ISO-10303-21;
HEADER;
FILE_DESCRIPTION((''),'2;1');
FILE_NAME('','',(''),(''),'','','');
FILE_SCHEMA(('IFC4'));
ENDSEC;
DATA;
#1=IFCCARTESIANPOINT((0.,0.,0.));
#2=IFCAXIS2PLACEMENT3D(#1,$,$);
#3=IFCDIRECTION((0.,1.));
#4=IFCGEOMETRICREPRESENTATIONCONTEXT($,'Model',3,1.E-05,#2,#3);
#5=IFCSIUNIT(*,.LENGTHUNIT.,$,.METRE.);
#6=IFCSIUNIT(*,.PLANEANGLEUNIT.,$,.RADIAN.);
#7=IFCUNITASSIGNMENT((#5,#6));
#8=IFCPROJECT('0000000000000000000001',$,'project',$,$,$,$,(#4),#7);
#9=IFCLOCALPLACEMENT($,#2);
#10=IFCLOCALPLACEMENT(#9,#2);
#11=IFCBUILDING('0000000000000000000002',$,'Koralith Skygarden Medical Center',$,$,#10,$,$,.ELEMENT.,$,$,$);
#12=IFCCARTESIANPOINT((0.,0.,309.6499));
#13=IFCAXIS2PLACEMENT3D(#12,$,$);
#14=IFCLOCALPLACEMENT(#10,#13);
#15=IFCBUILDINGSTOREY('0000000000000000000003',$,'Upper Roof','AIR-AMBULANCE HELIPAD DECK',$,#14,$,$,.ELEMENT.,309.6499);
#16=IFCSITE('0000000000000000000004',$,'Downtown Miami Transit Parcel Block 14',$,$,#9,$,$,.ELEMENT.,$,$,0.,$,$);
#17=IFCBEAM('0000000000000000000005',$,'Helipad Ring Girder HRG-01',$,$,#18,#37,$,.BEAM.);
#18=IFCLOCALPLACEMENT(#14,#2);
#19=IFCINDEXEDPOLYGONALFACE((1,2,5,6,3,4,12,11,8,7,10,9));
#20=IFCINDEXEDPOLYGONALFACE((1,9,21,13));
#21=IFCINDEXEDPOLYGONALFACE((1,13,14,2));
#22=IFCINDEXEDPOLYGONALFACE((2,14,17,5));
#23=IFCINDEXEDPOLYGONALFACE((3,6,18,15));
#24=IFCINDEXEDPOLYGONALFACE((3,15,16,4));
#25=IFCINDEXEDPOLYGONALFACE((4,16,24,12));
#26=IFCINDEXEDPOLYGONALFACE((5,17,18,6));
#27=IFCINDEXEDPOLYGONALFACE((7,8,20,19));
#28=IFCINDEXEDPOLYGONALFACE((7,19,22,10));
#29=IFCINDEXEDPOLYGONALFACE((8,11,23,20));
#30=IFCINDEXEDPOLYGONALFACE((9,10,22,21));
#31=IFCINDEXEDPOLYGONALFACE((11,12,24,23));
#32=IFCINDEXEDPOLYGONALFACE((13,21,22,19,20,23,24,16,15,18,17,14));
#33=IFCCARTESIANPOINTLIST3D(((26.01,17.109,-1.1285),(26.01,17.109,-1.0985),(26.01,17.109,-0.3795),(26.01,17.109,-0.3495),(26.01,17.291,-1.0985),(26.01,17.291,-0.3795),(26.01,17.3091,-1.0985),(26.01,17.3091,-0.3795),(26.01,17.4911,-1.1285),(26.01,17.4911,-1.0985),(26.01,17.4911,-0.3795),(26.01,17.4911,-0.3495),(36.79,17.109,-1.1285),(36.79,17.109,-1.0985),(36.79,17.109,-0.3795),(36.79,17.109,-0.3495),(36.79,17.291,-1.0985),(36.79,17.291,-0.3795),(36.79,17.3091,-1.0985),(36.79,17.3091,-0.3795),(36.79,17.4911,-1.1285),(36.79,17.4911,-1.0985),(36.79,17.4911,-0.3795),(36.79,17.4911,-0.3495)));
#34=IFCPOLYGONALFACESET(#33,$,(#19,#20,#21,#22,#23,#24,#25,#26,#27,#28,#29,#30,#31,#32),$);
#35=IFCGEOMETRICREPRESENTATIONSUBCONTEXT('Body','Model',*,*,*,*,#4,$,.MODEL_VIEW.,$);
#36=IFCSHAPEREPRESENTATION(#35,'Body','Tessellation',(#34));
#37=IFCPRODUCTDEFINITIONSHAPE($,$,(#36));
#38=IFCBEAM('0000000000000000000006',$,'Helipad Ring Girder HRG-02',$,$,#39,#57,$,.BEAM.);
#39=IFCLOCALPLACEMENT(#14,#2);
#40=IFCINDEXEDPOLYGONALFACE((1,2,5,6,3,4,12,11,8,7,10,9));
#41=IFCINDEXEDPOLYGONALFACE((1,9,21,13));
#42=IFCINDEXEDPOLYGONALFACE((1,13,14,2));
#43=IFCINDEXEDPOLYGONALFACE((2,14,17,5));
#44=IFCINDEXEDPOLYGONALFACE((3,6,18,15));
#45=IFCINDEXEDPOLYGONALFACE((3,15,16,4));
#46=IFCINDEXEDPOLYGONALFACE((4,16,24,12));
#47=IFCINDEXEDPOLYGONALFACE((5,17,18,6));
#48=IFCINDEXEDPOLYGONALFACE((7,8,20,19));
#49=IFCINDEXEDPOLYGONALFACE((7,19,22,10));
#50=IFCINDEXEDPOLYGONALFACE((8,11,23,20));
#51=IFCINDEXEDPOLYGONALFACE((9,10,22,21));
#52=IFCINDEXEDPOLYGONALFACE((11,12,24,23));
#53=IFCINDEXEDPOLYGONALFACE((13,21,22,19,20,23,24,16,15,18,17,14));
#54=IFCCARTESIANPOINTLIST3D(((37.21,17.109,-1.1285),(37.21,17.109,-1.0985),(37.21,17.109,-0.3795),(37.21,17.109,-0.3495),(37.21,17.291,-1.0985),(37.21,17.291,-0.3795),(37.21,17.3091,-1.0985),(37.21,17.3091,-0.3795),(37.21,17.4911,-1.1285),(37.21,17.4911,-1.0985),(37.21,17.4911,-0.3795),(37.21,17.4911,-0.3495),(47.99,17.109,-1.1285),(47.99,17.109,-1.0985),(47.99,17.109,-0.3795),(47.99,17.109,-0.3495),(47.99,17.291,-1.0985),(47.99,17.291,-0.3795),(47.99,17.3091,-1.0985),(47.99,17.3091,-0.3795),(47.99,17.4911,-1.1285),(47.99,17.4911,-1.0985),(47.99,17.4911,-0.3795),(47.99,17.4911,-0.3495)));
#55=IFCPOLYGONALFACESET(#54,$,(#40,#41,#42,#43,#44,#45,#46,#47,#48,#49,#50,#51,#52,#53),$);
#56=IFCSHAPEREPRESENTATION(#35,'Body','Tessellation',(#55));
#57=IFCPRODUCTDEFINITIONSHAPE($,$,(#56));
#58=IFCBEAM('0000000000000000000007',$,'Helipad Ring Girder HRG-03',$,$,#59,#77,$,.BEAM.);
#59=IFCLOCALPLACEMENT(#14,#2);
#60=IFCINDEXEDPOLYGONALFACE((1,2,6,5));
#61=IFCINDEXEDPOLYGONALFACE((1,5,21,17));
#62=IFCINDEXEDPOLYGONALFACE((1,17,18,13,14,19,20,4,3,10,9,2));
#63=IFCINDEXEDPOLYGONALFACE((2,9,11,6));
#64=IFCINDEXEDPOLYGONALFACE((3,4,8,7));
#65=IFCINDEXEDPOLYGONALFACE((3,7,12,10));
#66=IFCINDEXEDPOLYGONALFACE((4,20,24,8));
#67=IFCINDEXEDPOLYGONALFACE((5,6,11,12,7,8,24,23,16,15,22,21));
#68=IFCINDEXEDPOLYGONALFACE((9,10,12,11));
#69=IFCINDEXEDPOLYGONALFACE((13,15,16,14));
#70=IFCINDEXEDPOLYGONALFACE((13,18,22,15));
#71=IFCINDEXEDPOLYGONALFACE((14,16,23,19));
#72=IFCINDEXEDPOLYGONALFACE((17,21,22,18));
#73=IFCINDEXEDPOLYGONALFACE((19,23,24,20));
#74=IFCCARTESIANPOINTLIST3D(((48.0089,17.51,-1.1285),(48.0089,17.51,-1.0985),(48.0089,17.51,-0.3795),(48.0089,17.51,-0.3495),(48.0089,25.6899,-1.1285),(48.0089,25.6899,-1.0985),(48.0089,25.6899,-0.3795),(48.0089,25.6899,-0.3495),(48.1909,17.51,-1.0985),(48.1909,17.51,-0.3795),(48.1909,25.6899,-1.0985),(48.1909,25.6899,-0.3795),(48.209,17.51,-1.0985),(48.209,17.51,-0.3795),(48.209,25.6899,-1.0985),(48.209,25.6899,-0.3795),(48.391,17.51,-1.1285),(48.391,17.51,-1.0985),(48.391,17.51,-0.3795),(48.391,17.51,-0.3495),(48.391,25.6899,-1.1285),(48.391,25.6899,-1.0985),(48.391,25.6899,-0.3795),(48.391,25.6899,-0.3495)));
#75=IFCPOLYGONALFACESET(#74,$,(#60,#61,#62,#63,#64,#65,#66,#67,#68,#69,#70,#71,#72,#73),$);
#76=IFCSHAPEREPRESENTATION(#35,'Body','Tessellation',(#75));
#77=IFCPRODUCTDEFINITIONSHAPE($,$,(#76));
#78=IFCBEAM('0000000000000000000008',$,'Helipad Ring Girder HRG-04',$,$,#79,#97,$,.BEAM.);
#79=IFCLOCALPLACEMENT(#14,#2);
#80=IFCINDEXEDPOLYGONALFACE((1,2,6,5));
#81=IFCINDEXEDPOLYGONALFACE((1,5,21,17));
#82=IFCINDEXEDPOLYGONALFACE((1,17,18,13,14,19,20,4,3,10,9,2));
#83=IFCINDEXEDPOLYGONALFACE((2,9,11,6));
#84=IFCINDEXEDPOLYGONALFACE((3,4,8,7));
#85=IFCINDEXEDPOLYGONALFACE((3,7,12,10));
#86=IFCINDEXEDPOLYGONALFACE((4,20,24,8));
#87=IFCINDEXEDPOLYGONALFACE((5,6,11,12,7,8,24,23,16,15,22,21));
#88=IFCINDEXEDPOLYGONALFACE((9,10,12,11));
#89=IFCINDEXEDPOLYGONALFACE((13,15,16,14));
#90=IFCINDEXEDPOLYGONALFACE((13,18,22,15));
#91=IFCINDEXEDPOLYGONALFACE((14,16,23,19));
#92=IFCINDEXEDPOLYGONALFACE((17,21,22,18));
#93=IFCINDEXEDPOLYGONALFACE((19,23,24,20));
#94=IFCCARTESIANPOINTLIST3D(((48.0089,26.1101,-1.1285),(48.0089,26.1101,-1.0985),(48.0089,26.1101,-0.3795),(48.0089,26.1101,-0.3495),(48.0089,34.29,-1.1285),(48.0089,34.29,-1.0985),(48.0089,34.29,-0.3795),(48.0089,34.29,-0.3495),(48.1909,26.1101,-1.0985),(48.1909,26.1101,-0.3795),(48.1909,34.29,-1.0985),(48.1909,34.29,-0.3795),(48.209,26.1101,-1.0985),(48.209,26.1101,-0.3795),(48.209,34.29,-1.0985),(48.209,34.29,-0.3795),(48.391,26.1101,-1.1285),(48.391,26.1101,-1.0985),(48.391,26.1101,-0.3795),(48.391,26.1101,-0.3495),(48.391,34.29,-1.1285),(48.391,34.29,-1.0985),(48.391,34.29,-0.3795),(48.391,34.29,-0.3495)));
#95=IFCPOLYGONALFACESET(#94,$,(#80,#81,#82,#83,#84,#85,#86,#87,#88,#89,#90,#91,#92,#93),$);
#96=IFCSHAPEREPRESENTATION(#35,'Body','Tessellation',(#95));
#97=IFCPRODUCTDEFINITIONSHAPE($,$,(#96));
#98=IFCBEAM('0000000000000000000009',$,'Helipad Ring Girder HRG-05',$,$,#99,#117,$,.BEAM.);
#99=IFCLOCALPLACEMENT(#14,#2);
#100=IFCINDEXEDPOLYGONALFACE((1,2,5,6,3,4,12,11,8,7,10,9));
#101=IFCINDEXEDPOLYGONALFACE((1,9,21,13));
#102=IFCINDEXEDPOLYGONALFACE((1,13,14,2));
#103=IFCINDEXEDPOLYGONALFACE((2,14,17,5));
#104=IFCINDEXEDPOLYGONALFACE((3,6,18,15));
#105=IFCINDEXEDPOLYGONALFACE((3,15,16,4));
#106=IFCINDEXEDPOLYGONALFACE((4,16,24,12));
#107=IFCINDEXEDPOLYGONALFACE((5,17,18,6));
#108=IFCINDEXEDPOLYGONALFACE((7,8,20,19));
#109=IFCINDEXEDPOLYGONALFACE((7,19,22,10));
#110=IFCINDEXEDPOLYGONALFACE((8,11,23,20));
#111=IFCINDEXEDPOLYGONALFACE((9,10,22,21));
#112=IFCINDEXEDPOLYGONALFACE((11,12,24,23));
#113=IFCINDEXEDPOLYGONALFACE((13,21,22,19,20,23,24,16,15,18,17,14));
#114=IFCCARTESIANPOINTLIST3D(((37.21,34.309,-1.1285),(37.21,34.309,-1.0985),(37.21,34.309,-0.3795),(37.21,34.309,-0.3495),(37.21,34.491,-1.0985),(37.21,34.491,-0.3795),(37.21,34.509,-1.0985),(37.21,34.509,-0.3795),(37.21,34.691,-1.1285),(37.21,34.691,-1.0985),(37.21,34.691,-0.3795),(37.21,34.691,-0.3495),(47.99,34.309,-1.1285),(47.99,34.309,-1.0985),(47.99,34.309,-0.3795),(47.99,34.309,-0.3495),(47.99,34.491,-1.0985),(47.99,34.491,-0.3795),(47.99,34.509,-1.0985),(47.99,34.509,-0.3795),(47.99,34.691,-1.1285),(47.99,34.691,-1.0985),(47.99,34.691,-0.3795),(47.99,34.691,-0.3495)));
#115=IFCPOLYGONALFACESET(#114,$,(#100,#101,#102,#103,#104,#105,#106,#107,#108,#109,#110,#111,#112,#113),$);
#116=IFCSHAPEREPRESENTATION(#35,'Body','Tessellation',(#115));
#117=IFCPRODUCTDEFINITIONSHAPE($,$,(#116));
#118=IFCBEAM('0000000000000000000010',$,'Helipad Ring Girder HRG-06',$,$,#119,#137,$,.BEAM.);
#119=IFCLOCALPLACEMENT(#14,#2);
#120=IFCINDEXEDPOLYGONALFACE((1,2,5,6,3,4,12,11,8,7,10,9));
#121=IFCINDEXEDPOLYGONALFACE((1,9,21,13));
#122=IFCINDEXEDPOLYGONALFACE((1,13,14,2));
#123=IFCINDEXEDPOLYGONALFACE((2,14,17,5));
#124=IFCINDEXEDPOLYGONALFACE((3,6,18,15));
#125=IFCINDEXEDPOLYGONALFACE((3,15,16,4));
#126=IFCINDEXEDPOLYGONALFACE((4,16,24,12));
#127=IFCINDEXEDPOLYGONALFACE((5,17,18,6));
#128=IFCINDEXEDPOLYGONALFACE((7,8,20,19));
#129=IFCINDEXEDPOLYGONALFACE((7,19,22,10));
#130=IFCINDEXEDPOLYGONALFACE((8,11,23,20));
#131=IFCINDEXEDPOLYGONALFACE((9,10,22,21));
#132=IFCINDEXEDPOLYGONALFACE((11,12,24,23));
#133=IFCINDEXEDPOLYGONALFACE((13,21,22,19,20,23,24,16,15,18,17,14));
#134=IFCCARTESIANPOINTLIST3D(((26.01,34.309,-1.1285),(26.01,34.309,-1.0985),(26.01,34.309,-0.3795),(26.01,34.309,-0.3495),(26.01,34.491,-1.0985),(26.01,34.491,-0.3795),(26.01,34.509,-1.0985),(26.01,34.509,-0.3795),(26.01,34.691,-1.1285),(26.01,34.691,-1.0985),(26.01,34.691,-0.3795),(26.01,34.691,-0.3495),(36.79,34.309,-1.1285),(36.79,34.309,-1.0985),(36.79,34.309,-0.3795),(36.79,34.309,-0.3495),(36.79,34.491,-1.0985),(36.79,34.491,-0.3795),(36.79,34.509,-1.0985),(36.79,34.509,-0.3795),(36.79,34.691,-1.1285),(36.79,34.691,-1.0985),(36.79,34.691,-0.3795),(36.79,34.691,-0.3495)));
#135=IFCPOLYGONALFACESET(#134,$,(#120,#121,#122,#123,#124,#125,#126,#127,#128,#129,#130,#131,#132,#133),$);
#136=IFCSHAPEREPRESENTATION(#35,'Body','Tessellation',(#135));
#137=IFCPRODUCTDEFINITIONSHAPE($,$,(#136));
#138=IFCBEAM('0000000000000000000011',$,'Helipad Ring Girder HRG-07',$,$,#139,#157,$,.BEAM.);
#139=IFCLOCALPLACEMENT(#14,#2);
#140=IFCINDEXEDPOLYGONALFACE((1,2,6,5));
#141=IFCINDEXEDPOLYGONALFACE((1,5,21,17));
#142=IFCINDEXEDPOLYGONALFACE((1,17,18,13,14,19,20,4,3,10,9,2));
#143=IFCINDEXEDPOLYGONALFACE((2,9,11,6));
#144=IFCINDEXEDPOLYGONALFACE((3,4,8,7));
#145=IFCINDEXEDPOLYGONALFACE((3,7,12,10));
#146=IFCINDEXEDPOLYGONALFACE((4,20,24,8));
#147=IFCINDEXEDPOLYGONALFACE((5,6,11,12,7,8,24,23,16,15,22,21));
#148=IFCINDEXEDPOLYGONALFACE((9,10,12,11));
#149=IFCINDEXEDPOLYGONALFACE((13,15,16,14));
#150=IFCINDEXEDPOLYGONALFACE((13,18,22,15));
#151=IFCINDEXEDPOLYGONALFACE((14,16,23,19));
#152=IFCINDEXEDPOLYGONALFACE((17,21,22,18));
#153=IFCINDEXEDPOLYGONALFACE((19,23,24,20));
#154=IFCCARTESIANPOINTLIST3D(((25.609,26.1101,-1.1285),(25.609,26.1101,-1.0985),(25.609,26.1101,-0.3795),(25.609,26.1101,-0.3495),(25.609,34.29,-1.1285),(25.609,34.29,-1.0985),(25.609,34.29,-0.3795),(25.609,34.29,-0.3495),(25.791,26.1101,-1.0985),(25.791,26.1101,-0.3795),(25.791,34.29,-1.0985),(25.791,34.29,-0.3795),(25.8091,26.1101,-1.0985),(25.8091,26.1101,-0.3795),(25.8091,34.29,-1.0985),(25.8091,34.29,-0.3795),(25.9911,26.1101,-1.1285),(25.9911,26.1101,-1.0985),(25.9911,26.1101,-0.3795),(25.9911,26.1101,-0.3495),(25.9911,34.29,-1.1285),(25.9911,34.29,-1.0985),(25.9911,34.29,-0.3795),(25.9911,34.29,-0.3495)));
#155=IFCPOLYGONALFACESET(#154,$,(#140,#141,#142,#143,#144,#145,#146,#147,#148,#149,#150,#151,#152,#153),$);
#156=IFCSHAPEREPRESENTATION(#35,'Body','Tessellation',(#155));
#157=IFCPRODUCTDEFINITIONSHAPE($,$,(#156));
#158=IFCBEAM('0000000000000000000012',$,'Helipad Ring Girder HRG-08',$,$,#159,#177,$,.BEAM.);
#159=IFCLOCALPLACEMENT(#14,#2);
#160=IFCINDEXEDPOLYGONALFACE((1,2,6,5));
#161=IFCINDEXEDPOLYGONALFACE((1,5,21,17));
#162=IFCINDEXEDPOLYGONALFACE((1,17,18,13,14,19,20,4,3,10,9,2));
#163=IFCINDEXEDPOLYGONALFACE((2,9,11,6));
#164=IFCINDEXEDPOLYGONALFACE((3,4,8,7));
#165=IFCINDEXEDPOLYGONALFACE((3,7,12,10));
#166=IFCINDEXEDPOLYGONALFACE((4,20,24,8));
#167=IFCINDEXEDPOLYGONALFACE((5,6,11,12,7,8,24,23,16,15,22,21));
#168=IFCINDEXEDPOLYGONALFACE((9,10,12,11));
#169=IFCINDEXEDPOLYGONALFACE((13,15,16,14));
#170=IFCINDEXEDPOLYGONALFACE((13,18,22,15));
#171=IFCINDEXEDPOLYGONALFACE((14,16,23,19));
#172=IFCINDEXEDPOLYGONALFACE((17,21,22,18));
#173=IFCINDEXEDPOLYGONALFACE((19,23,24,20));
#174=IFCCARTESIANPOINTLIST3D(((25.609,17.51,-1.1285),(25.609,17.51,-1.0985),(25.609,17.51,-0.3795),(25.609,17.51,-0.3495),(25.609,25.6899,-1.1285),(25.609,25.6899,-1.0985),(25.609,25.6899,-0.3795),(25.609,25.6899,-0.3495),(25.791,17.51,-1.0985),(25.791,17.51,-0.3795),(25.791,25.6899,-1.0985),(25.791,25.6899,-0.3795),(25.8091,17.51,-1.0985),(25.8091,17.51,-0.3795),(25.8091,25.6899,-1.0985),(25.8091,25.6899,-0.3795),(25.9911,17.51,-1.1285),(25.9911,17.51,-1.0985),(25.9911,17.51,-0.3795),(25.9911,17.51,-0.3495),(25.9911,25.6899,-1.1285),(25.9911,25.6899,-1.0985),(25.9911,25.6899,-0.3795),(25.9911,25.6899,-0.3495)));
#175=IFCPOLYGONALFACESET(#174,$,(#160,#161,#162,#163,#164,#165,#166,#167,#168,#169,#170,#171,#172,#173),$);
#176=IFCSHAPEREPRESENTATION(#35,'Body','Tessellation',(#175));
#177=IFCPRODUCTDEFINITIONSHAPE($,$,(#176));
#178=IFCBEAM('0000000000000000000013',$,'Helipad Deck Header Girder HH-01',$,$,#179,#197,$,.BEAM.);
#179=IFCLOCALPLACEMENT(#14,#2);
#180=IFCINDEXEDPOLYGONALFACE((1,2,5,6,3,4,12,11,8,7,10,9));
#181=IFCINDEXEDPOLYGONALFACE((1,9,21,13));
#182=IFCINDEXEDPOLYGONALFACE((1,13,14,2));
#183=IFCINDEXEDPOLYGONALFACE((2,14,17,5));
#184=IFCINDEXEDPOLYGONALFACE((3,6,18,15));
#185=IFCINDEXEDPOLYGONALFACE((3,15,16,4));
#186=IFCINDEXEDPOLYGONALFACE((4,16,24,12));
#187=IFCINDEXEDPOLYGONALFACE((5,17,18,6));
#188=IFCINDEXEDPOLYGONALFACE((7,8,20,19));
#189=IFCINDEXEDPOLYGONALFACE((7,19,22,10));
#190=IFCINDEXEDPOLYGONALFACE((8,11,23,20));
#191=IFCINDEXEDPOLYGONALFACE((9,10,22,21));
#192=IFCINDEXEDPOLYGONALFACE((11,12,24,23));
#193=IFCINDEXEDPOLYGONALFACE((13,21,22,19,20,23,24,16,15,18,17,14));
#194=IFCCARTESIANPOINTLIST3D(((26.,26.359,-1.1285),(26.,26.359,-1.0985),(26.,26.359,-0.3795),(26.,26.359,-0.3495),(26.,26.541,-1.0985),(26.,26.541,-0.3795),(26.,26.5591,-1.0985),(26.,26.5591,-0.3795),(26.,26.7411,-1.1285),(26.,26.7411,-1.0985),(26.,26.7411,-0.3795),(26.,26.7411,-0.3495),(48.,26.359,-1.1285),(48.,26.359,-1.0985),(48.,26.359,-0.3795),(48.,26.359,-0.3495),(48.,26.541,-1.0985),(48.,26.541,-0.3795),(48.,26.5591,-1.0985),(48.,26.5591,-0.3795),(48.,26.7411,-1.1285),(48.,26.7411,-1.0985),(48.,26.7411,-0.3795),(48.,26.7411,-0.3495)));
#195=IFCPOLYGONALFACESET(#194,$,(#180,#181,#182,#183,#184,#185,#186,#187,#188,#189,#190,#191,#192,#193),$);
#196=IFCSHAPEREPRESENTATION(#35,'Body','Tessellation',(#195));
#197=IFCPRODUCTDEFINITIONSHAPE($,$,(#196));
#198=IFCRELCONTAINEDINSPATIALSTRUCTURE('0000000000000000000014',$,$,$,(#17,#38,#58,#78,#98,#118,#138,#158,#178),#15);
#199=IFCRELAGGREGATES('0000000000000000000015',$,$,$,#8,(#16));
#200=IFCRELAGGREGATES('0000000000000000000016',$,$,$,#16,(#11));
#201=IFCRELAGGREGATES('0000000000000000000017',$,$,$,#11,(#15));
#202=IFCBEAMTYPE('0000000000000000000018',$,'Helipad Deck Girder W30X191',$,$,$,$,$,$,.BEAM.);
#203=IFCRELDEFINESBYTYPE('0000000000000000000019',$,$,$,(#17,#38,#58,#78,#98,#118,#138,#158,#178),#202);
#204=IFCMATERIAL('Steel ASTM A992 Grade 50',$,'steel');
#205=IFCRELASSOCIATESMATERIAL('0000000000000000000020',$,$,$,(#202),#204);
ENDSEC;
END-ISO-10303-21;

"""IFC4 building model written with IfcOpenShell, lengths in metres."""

from ifc_helpers import new_model, si_unit, direction, frame, origin, origin_2d, place, context, subcontext, project, spatial, i_section, extrude, material, material_profile, profile_set, type_object, element, save


model = new_model("IFC4")

# Units and contexts
model_context = context("Model", 3, precision=1e-05, world=origin(), true_north=direction((0.0, 1.0)))
body_context = subcontext(model_context, "Body", "Model", "MODEL_VIEW")
ifc_project = project(units=[si_unit("LENGTHUNIT", "METRE"), si_unit("PLANEANGLEUNIT", "RADIAN")], contexts=[model_context])

# Site, building, storey
site_placement = place(None, origin())
site = spatial("IfcSite", under=ifc_project, at=site_placement, Name="Downtown Miami Transit Parcel Block 14", CompositionType="ELEMENT", RefElevation=0.0)
building_placement = place(site_placement, origin())
building = spatial("IfcBuilding", under=site, at=building_placement, Name="Koralith Skygarden Medical Center", CompositionType="ELEMENT")
storey_placement = place(building_placement, frame((0.0, 0.0, 309.6499)))
storey = spatial("IfcBuildingStorey", under=building, at=storey_placement, Name="Upper Roof", Description="AIR-AMBULANCE HELIPAD DECK", CompositionType="ELEMENT", Elevation=309.6499)

# Beams
ifc_material_1 = material(Name="Steel ASTM A992 Grade 50", Category="steel")
ifc_material_profile_1 = material_profile(ifc_material_1, i_section(OverallWidth=0.3821, OverallDepth=0.7791, WebThickness=0.0181, FlangeThickness=0.03, at=origin_2d()), Name="W30X191")
ifc_profile_set_1 = profile_set([ifc_material_profile_1], Name="Steel ASTM A992 Grade 50")
beam_type_1 = type_object("IfcBeamType", Name="Helipad Deck Girder W30X191", PredefinedType="BEAM", material=ifc_profile_set_1)
for number, where, z_axis, x_axis, name in (
    (1, (26.01, 17.3, -0.739), (1.0, 0.0, 0.0), (0.0, 1.0, 0.0), "Helipad Ring Girder HRG-01"),
    (2, (37.21, 17.3, -0.739), (1.0, 0.0, 0.0), (0.0, 1.0, 0.0), "Helipad Ring Girder HRG-02"),
):
    element("IfcBeam", number, at=place(storey_placement, frame(where, z_axis=z_axis, x_axis=x_axis)), inside=storey, type_object=beam_type_1, Name=name, PredefinedType="BEAM", context=body_context, shape_type="SweptSolid", body=[
        extrude(i_section(OverallWidth=0.3821, OverallDepth=0.7791, WebThickness=0.0181, FlangeThickness=0.03, at=origin_2d()), origin(), (0.0, 0.0, 1.0), 10.78),
    ])
for number, where, z_axis, x_axis, name in (
    (3, (48.2, 17.51, -0.739), (0.0, 1.0, 0.0), (-1.0, 0.0, 0.0), "Helipad Ring Girder HRG-03"),
    (4, (48.2, 26.1101, -0.739), (0.0, 1.0, 0.0), (-1.0, 0.0, 0.0), "Helipad Ring Girder HRG-04"),
):
    element("IfcBeam", number, at=place(storey_placement, frame(where, z_axis=z_axis, x_axis=x_axis)), inside=storey, type_object=beam_type_1, Name=name, PredefinedType="BEAM", context=body_context, shape_type="SweptSolid", body=[
        extrude(i_section(OverallWidth=0.3821, OverallDepth=0.7791, WebThickness=0.0181, FlangeThickness=0.03, at=origin_2d()), origin(), (0.0, 0.0, 1.0), 8.1799),
    ])
for number, where, z_axis, x_axis, name in (
    (5, (47.99, 34.5, -0.739), (-1.0, 0.0, 0.0), (0.0, -1.0, 0.0), "Helipad Ring Girder HRG-05"),
    (6, (36.79, 34.5, -0.739), (-1.0, 0.0, 0.0), (0.0, -1.0, 0.0), "Helipad Ring Girder HRG-06"),
):
    element("IfcBeam", number, at=place(storey_placement, frame(where, z_axis=z_axis, x_axis=x_axis)), inside=storey, type_object=beam_type_1, Name=name, PredefinedType="BEAM", context=body_context, shape_type="SweptSolid", body=[
        extrude(i_section(OverallWidth=0.3821, OverallDepth=0.7791, WebThickness=0.0181, FlangeThickness=0.03, at=origin_2d()), origin(), (0.0, 0.0, 1.0), 10.78),
    ])
for number, where, z_axis, x_axis, name in (
    (7, (25.8, 34.29, -0.739), (0.0, -1.0, 0.0), (1.0, 0.0, 0.0), "Helipad Ring Girder HRG-07"),
    (8, (25.8, 25.6899, -0.739), (0.0, -1.0, 0.0), (1.0, 0.0, 0.0), "Helipad Ring Girder HRG-08"),
):
    element("IfcBeam", number, at=place(storey_placement, frame(where, z_axis=z_axis, x_axis=x_axis)), inside=storey, type_object=beam_type_1, Name=name, PredefinedType="BEAM", context=body_context, shape_type="SweptSolid", body=[
        extrude(i_section(OverallWidth=0.3821, OverallDepth=0.7791, WebThickness=0.0181, FlangeThickness=0.03, at=origin_2d()), origin(), (0.0, 0.0, 1.0), 8.1799),
    ])
beam_placement = place(storey_placement, frame((26.0, 26.55, -0.739), z_axis=(1.0, 0.0, 0.0), x_axis=(0.0, 1.0, 0.0)))
element("IfcBeam", 9, at=beam_placement, inside=storey, type_object=beam_type_1, Name="Helipad Deck Header Girder HH-01", PredefinedType="BEAM", context=body_context, shape_type="SweptSolid", body=[
    extrude(i_section(OverallWidth=0.3821, OverallDepth=0.7791, WebThickness=0.0181, FlangeThickness=0.03, at=origin_2d()), origin(), (0.0, 0.0, 1.0), 22.0),
])

save(model, "model.ifc")
